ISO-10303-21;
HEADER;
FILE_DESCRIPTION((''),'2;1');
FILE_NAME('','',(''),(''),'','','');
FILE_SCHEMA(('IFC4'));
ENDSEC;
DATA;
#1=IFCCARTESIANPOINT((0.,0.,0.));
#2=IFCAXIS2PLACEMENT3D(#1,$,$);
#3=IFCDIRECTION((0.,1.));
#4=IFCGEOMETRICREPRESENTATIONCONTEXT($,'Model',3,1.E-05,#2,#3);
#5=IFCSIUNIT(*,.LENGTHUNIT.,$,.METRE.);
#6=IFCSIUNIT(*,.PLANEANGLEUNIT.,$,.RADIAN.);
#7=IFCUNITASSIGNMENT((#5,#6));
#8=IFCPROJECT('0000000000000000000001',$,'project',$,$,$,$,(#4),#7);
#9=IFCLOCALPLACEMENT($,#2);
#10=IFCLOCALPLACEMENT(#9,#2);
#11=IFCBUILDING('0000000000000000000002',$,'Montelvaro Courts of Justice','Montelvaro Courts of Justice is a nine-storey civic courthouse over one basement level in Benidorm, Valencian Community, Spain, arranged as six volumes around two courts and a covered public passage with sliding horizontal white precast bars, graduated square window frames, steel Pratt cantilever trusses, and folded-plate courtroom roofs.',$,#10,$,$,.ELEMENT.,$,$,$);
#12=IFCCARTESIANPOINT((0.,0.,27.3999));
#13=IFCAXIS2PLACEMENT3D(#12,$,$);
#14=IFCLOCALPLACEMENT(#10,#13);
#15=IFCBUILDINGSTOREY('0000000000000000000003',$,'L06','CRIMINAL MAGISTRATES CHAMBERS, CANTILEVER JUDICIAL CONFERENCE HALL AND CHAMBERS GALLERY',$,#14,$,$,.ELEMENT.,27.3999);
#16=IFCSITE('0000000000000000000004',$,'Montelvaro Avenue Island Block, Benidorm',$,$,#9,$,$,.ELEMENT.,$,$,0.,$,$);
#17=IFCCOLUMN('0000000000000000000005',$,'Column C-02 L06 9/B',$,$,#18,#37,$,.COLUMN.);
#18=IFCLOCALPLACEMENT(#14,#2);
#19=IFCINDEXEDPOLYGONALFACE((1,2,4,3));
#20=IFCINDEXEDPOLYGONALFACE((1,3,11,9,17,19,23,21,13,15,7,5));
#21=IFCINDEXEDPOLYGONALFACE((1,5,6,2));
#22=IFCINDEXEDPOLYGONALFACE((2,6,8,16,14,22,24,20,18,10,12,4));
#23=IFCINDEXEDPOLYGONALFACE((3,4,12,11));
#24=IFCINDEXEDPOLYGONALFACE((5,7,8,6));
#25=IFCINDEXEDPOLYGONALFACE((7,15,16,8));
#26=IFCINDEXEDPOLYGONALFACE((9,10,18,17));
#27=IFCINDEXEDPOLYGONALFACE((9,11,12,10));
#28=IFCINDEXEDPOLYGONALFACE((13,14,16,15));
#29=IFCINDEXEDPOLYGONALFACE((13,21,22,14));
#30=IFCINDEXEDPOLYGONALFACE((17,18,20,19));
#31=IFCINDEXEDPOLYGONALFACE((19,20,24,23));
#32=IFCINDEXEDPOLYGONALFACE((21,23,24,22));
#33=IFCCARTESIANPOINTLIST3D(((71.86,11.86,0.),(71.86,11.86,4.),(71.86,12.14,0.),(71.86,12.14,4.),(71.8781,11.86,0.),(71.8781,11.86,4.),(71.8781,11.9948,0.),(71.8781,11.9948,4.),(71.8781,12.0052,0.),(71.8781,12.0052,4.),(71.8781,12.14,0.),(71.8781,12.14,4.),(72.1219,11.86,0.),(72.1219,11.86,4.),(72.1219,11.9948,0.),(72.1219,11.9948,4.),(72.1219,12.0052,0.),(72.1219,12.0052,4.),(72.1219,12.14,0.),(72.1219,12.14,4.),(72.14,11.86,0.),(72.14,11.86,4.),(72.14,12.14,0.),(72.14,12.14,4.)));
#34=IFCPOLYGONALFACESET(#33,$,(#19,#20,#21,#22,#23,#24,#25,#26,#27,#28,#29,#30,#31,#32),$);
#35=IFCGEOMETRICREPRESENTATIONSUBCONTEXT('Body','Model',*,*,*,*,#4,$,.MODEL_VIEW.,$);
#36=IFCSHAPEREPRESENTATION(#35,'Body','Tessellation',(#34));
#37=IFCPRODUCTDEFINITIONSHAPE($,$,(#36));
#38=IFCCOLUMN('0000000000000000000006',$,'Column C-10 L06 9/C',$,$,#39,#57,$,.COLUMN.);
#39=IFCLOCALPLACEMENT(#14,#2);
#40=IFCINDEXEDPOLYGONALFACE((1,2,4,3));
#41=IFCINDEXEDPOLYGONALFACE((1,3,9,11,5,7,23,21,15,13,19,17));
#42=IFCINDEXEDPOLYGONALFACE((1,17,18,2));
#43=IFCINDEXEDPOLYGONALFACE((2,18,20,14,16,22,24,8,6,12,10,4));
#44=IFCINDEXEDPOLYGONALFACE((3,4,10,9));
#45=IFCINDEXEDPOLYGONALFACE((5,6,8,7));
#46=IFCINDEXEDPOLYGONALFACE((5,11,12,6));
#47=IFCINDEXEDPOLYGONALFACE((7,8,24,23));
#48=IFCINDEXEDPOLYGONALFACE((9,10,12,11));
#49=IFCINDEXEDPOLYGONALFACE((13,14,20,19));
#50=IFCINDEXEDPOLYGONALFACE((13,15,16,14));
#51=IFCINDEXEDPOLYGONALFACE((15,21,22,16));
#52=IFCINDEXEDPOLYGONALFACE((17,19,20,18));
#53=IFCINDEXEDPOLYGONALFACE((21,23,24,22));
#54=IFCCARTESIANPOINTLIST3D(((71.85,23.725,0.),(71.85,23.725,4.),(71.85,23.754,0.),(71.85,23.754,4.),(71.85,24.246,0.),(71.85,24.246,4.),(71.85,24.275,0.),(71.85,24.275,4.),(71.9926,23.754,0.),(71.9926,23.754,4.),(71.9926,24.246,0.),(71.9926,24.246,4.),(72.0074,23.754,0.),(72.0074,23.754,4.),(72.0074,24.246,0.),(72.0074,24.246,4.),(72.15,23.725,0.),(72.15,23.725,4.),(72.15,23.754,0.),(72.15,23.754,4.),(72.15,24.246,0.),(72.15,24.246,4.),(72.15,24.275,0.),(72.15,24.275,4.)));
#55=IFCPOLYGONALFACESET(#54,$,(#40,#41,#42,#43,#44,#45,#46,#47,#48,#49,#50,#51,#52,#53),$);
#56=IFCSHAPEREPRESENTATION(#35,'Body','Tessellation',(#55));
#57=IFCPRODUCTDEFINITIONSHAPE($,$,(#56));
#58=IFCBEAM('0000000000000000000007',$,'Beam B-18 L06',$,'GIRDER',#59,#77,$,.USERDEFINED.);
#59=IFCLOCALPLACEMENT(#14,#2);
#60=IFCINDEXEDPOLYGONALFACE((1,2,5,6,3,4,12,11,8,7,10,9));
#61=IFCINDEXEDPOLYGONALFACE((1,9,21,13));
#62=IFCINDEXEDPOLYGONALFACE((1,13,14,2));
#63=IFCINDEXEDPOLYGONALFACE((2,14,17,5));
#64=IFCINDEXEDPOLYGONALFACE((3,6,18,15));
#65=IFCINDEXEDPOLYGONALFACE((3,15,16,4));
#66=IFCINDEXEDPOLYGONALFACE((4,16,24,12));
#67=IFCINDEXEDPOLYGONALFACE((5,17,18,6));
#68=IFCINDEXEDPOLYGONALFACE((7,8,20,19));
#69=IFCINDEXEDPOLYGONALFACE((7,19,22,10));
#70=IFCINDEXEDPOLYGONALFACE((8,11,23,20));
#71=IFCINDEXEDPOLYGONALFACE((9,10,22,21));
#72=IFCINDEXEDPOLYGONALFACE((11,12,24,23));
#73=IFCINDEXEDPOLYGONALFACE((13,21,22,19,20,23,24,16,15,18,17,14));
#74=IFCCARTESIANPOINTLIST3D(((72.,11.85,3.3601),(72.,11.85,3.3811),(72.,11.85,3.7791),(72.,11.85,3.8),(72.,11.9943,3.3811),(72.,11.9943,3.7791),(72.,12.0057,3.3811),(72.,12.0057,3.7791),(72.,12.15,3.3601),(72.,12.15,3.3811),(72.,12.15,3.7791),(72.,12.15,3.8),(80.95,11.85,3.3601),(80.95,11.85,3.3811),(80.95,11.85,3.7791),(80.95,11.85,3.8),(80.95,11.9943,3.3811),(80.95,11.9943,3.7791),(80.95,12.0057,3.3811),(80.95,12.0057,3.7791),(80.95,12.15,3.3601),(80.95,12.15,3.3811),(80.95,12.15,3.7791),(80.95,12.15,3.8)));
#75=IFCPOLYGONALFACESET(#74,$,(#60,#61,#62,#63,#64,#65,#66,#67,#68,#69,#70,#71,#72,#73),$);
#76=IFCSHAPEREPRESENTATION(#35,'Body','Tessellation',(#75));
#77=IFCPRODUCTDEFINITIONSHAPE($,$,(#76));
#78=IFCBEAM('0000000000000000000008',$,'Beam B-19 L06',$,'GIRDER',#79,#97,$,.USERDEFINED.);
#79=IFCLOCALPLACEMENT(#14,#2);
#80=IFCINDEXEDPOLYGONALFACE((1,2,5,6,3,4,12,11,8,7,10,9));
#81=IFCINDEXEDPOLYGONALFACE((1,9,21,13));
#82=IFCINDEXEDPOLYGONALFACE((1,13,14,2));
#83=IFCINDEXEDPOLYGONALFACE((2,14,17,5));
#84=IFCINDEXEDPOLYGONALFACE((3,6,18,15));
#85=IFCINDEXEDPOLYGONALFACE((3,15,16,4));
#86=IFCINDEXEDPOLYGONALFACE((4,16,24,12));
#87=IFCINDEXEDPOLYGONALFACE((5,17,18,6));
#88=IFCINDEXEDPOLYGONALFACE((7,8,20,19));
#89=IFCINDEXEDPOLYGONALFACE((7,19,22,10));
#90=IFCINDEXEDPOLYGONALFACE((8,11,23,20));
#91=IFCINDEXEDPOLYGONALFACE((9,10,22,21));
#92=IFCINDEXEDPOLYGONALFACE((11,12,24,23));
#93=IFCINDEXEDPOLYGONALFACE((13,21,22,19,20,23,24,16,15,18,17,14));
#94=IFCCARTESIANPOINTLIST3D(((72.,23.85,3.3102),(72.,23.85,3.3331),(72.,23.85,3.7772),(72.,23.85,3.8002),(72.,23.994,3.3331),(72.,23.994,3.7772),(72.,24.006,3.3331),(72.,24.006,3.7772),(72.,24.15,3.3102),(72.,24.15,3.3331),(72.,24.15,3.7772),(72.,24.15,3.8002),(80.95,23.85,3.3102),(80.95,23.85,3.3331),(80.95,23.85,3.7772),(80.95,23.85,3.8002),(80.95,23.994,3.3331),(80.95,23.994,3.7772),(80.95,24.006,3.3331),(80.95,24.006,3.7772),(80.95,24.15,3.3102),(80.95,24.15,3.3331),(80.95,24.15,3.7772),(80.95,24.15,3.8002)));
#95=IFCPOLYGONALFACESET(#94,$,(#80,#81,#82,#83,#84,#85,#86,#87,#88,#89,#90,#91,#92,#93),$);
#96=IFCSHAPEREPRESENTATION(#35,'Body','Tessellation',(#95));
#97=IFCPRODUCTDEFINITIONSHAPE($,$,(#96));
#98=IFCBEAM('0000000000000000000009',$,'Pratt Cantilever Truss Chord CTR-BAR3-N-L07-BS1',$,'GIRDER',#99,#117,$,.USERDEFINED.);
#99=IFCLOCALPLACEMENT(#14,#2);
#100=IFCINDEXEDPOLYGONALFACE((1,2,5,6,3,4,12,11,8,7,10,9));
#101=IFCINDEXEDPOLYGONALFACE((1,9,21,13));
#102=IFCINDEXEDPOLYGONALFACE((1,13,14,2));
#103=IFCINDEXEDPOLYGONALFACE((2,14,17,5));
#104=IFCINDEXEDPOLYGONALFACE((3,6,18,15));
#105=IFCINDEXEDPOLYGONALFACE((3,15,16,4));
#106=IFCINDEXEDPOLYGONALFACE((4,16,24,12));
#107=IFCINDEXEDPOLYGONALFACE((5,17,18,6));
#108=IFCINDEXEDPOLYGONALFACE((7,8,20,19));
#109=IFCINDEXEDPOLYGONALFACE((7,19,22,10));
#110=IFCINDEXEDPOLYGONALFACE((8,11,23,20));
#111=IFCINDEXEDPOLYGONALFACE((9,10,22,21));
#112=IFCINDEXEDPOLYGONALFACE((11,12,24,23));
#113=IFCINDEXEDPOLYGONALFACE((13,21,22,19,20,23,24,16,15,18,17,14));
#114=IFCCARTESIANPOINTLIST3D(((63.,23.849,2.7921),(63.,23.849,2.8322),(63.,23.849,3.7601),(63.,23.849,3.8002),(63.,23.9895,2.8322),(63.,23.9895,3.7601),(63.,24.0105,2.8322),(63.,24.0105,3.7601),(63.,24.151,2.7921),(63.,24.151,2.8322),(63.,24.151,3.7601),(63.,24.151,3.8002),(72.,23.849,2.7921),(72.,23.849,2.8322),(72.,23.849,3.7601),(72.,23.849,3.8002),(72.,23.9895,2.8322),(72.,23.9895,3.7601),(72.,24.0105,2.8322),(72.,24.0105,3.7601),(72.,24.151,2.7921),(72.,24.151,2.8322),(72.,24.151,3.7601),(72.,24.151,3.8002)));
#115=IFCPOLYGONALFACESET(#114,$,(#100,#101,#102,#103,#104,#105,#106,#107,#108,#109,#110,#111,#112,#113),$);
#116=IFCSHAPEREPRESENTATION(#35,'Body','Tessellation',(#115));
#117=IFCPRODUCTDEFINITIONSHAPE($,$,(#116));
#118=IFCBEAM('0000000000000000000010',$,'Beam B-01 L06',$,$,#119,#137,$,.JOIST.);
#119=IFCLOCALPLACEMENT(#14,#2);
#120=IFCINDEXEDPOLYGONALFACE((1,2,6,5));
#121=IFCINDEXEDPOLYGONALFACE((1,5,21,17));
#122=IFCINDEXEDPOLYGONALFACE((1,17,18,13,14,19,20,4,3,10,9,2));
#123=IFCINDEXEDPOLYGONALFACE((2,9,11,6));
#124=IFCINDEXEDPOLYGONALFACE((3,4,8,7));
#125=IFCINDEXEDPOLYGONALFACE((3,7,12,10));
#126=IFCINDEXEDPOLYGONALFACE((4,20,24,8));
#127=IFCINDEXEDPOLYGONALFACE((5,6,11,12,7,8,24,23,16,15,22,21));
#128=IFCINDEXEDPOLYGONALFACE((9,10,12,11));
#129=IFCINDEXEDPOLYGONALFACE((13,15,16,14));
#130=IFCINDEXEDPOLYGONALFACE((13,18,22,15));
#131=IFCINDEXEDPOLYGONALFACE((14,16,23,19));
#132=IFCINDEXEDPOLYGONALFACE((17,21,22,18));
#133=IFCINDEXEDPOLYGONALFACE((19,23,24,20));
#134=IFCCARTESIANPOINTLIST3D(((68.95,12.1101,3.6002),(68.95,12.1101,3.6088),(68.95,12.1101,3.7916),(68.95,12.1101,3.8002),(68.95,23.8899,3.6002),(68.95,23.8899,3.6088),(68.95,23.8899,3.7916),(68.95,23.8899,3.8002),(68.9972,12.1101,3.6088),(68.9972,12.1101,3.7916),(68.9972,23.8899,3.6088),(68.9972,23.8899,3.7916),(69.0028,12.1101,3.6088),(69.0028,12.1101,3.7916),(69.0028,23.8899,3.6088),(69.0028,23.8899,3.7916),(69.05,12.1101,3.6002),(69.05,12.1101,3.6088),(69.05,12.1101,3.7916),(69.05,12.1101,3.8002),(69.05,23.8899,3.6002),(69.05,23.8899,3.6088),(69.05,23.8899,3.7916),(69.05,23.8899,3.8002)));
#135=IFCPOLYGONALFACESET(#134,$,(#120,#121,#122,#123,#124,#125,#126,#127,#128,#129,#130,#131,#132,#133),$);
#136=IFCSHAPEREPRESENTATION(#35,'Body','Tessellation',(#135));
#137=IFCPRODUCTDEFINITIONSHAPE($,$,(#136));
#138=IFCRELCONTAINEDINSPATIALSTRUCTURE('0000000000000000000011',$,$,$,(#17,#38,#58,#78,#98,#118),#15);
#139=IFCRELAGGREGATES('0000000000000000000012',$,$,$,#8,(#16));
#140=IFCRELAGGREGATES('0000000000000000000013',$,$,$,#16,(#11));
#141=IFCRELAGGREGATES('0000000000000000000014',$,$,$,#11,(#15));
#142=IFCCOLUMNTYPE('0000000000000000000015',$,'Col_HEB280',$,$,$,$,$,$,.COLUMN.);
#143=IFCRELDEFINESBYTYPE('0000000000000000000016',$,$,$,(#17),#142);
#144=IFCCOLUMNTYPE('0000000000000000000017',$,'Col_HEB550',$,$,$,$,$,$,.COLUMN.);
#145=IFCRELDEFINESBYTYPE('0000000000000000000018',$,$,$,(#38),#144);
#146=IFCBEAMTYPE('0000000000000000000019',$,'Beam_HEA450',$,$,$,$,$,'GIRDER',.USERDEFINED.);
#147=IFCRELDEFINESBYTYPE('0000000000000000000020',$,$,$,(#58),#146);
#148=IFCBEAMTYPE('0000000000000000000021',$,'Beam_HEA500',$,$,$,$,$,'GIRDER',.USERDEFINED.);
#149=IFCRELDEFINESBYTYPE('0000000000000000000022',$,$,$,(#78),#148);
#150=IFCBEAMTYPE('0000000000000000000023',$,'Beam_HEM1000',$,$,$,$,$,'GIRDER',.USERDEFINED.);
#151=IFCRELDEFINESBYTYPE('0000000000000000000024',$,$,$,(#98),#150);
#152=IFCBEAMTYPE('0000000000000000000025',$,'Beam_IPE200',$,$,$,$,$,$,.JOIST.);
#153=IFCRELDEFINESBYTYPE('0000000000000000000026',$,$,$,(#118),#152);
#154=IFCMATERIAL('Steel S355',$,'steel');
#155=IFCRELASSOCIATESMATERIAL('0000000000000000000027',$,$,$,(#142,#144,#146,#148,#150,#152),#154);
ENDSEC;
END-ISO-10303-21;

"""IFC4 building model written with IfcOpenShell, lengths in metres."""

from ifc_helpers import new_model, si_unit, direction, frame, origin, origin_2d, place, context, subcontext, project, spatial, i_section, extrude, material, material_profile, profile_set, type_object, element, save


model = new_model("IFC4")

# Units and contexts
model_context = context("Model", 3, precision=1e-05, world=origin(), true_north=direction((0.0, 1.0)))
body_context = subcontext(model_context, "Body", "Model", "MODEL_VIEW")
ifc_project = project(units=[si_unit("LENGTHUNIT", "METRE"), si_unit("PLANEANGLEUNIT", "RADIAN")], contexts=[model_context])

# Site, building, storey
site_placement = place(None, origin())
site = spatial("IfcSite", under=ifc_project, at=site_placement, Name="Montelvaro Avenue Island Block, Benidorm", CompositionType="ELEMENT", RefElevation=0.0)
building_placement = place(site_placement, origin())
building = spatial("IfcBuilding", under=site, at=building_placement, Name="Montelvaro Courts of Justice", Description="Montelvaro Courts of Justice is a nine-storey civic courthouse over one basement level in Benidorm, Valencian Community, Spain, arranged as six volumes around two courts and a covered public passage with sliding horizontal white precast bars, graduated square window frames, steel Pratt cantilever trusses, and folded-plate courtroom roofs.", CompositionType="ELEMENT")
storey_placement = place(building_placement, frame((0.0, 0.0, 27.3999)))
storey = spatial("IfcBuildingStorey", under=building, at=storey_placement, Name="L06", Description="CRIMINAL MAGISTRATES CHAMBERS, CANTILEVER JUDICIAL CONFERENCE HALL AND CHAMBERS GALLERY", CompositionType="ELEMENT", Elevation=27.3999)

# Columns
ifc_material_1 = material(Name="Steel S355", Category="steel")
ifc_material_profile_1 = material_profile(ifc_material_1, i_section(OverallWidth=0.28, OverallDepth=0.28, WebThickness=0.0105, FlangeThickness=0.0181, at=origin_2d()), Name="HEB 280")
ifc_profile_set_1 = profile_set([ifc_material_profile_1], Name="Steel S355")
column_type_1 = type_object("IfcColumnType", Name="Col_HEB280", PredefinedType="COLUMN", material=ifc_profile_set_1)
column_1_placement = place(storey_placement, frame((72.0, 12.0, 0.0), z_axis=(0.0, 0.0, 1.0), x_axis=(0.0, 1.0, 0.0)))
element("IfcColumn", 1, at=column_1_placement, inside=storey, type_object=column_type_1, Name="Column C-02 L06 9/B", PredefinedType="COLUMN", context=body_context, shape_type="SweptSolid", body=[
    extrude(i_section(OverallWidth=0.28, OverallDepth=0.28, WebThickness=0.0105, FlangeThickness=0.0181, at=origin_2d()), origin(), (0.0, 0.0, 1.0), 4.0),
])
ifc_material_profile_2 = material_profile(ifc_material_1, i_section(OverallWidth=0.3, OverallDepth=0.55, WebThickness=0.0149, FlangeThickness=0.0291, at=origin_2d()), Name="HEB 550")
ifc_profile_set_2 = profile_set([ifc_material_profile_2], Name="Steel S355")
column_type_2 = type_object("IfcColumnType", Name="Col_HEB550", PredefinedType="COLUMN", material=ifc_profile_set_2)
column_2_placement = place(storey_placement, frame((72.0, 24.0, 0.0), z_axis=(0.0, 0.0, 1.0), x_axis=(1.0, 0.0, 0.0)))
element("IfcColumn", 2, at=column_2_placement, inside=storey, type_object=column_type_2, Name="Column C-10 L06 9/C", PredefinedType="COLUMN", context=body_context, shape_type="SweptSolid", body=[
    extrude(i_section(OverallWidth=0.3, OverallDepth=0.55, WebThickness=0.0149, FlangeThickness=0.0291, at=origin_2d()), origin(), (0.0, 0.0, 1.0), 4.0),
])

# Beams
ifc_material_profile_3 = material_profile(ifc_material_1, i_section(OverallWidth=0.3, OverallDepth=0.4399, WebThickness=0.0115, FlangeThickness=0.021, at=origin_2d()), Name="HEA 450")
ifc_profile_set_3 = profile_set([ifc_material_profile_3], Name="Steel S355")
beam_type_1 = type_object("IfcBeamType", Name="Beam_HEA450", ElementType="GIRDER", PredefinedType="USERDEFINED", material=ifc_profile_set_3)
beam_1_placement = place(storey_placement, frame((72.0, 12.0, 3.5801), z_axis=(1.0, 0.0, 0.0), x_axis=(0.0, 1.0, 0.0)))
element("IfcBeam", 3, at=beam_1_placement, inside=storey, type_object=beam_type_1, Name="Beam B-18 L06", ObjectType="GIRDER", PredefinedType="USERDEFINED", context=body_context, shape_type="SweptSolid", body=[
    extrude(i_section(OverallWidth=0.3, OverallDepth=0.4399, WebThickness=0.0115, FlangeThickness=0.021, at=origin_2d()), origin(), (0.0, 0.0, 1.0), 8.95),
])
ifc_material_profile_4 = material_profile(ifc_material_1, i_section(OverallWidth=0.3, OverallDepth=0.49, WebThickness=0.012, FlangeThickness=0.0229, at=origin_2d()), Name="HEA 500")
ifc_profile_set_4 = profile_set([ifc_material_profile_4], Name="Steel S355")
beam_type_2 = type_object("IfcBeamType", Name="Beam_HEA500", ElementType="GIRDER", PredefinedType="USERDEFINED", material=ifc_profile_set_4)
beam_2_placement = place(storey_placement, frame((72.0, 24.0, 3.5552), z_axis=(1.0, 0.0, 0.0), x_axis=(0.0, 1.0, 0.0)))
element("IfcBeam", 4, at=beam_2_placement, inside=storey, type_object=beam_type_2, Name="Beam B-19 L06", ObjectType="GIRDER", PredefinedType="USERDEFINED", context=body_context, shape_type="SweptSolid", body=[
    extrude(i_section(OverallWidth=0.3, OverallDepth=0.49, WebThickness=0.012, FlangeThickness=0.0229, at=origin_2d()), origin(), (0.0, 0.0, 1.0), 8.95),
])
ifc_material_profile_5 = material_profile(ifc_material_1, i_section(OverallWidth=0.302, OverallDepth=1.0081, WebThickness=0.021, FlangeThickness=0.04, at=origin_2d()), Name="HEM 1000")
ifc_profile_set_5 = profile_set([ifc_material_profile_5], Name="Steel S355")
beam_type_3 = type_object("IfcBeamType", Name="Beam_HEM1000", ElementType="GIRDER", PredefinedType="USERDEFINED", material=ifc_profile_set_5)
beam_3_placement = place(storey_placement, frame((72.0, 24.0, 3.2961), z_axis=(-1.0, 0.0, 0.0), x_axis=(0.0, -1.0, 0.0)))
element("IfcBeam", 5, at=beam_3_placement, inside=storey, type_object=beam_type_3, Name="Pratt Cantilever Truss Chord CTR-BAR3-N-L07-BS1", ObjectType="GIRDER", PredefinedType="USERDEFINED", context=body_context, shape_type="SweptSolid", body=[
    extrude(i_section(OverallWidth=0.302, OverallDepth=1.0081, WebThickness=0.021, FlangeThickness=0.04, at=origin_2d()), origin(), (0.0, 0.0, 1.0), 9.0),
])
ifc_material_profile_6 = material_profile(ifc_material_1, i_section(OverallWidth=0.1001, OverallDepth=0.2, WebThickness=0.0056, FlangeThickness=0.0085, at=origin_2d()), Name="IPE 200")
ifc_profile_set_6 = profile_set([ifc_material_profile_6], Name="Steel S355")
beam_type_4 = type_object("IfcBeamType", Name="Beam_IPE200", PredefinedType="JOIST", material=ifc_profile_set_6)
beam_4_placement = place(storey_placement, frame((69.0, 12.1101, 3.7002), z_axis=(0.0, 1.0, 0.0), x_axis=(-1.0, 0.0, 0.0)))
element("IfcBeam", 6, at=beam_4_placement, inside=storey, type_object=beam_type_4, Name="Beam B-01 L06", PredefinedType="JOIST", context=body_context, shape_type="SweptSolid", body=[
    extrude(i_section(OverallWidth=0.1001, OverallDepth=0.2, WebThickness=0.0056, FlangeThickness=0.0085, at=origin_2d()), origin(), (0.0, 0.0, 1.0), 11.7798),
])

save(model, "model.ifc")
